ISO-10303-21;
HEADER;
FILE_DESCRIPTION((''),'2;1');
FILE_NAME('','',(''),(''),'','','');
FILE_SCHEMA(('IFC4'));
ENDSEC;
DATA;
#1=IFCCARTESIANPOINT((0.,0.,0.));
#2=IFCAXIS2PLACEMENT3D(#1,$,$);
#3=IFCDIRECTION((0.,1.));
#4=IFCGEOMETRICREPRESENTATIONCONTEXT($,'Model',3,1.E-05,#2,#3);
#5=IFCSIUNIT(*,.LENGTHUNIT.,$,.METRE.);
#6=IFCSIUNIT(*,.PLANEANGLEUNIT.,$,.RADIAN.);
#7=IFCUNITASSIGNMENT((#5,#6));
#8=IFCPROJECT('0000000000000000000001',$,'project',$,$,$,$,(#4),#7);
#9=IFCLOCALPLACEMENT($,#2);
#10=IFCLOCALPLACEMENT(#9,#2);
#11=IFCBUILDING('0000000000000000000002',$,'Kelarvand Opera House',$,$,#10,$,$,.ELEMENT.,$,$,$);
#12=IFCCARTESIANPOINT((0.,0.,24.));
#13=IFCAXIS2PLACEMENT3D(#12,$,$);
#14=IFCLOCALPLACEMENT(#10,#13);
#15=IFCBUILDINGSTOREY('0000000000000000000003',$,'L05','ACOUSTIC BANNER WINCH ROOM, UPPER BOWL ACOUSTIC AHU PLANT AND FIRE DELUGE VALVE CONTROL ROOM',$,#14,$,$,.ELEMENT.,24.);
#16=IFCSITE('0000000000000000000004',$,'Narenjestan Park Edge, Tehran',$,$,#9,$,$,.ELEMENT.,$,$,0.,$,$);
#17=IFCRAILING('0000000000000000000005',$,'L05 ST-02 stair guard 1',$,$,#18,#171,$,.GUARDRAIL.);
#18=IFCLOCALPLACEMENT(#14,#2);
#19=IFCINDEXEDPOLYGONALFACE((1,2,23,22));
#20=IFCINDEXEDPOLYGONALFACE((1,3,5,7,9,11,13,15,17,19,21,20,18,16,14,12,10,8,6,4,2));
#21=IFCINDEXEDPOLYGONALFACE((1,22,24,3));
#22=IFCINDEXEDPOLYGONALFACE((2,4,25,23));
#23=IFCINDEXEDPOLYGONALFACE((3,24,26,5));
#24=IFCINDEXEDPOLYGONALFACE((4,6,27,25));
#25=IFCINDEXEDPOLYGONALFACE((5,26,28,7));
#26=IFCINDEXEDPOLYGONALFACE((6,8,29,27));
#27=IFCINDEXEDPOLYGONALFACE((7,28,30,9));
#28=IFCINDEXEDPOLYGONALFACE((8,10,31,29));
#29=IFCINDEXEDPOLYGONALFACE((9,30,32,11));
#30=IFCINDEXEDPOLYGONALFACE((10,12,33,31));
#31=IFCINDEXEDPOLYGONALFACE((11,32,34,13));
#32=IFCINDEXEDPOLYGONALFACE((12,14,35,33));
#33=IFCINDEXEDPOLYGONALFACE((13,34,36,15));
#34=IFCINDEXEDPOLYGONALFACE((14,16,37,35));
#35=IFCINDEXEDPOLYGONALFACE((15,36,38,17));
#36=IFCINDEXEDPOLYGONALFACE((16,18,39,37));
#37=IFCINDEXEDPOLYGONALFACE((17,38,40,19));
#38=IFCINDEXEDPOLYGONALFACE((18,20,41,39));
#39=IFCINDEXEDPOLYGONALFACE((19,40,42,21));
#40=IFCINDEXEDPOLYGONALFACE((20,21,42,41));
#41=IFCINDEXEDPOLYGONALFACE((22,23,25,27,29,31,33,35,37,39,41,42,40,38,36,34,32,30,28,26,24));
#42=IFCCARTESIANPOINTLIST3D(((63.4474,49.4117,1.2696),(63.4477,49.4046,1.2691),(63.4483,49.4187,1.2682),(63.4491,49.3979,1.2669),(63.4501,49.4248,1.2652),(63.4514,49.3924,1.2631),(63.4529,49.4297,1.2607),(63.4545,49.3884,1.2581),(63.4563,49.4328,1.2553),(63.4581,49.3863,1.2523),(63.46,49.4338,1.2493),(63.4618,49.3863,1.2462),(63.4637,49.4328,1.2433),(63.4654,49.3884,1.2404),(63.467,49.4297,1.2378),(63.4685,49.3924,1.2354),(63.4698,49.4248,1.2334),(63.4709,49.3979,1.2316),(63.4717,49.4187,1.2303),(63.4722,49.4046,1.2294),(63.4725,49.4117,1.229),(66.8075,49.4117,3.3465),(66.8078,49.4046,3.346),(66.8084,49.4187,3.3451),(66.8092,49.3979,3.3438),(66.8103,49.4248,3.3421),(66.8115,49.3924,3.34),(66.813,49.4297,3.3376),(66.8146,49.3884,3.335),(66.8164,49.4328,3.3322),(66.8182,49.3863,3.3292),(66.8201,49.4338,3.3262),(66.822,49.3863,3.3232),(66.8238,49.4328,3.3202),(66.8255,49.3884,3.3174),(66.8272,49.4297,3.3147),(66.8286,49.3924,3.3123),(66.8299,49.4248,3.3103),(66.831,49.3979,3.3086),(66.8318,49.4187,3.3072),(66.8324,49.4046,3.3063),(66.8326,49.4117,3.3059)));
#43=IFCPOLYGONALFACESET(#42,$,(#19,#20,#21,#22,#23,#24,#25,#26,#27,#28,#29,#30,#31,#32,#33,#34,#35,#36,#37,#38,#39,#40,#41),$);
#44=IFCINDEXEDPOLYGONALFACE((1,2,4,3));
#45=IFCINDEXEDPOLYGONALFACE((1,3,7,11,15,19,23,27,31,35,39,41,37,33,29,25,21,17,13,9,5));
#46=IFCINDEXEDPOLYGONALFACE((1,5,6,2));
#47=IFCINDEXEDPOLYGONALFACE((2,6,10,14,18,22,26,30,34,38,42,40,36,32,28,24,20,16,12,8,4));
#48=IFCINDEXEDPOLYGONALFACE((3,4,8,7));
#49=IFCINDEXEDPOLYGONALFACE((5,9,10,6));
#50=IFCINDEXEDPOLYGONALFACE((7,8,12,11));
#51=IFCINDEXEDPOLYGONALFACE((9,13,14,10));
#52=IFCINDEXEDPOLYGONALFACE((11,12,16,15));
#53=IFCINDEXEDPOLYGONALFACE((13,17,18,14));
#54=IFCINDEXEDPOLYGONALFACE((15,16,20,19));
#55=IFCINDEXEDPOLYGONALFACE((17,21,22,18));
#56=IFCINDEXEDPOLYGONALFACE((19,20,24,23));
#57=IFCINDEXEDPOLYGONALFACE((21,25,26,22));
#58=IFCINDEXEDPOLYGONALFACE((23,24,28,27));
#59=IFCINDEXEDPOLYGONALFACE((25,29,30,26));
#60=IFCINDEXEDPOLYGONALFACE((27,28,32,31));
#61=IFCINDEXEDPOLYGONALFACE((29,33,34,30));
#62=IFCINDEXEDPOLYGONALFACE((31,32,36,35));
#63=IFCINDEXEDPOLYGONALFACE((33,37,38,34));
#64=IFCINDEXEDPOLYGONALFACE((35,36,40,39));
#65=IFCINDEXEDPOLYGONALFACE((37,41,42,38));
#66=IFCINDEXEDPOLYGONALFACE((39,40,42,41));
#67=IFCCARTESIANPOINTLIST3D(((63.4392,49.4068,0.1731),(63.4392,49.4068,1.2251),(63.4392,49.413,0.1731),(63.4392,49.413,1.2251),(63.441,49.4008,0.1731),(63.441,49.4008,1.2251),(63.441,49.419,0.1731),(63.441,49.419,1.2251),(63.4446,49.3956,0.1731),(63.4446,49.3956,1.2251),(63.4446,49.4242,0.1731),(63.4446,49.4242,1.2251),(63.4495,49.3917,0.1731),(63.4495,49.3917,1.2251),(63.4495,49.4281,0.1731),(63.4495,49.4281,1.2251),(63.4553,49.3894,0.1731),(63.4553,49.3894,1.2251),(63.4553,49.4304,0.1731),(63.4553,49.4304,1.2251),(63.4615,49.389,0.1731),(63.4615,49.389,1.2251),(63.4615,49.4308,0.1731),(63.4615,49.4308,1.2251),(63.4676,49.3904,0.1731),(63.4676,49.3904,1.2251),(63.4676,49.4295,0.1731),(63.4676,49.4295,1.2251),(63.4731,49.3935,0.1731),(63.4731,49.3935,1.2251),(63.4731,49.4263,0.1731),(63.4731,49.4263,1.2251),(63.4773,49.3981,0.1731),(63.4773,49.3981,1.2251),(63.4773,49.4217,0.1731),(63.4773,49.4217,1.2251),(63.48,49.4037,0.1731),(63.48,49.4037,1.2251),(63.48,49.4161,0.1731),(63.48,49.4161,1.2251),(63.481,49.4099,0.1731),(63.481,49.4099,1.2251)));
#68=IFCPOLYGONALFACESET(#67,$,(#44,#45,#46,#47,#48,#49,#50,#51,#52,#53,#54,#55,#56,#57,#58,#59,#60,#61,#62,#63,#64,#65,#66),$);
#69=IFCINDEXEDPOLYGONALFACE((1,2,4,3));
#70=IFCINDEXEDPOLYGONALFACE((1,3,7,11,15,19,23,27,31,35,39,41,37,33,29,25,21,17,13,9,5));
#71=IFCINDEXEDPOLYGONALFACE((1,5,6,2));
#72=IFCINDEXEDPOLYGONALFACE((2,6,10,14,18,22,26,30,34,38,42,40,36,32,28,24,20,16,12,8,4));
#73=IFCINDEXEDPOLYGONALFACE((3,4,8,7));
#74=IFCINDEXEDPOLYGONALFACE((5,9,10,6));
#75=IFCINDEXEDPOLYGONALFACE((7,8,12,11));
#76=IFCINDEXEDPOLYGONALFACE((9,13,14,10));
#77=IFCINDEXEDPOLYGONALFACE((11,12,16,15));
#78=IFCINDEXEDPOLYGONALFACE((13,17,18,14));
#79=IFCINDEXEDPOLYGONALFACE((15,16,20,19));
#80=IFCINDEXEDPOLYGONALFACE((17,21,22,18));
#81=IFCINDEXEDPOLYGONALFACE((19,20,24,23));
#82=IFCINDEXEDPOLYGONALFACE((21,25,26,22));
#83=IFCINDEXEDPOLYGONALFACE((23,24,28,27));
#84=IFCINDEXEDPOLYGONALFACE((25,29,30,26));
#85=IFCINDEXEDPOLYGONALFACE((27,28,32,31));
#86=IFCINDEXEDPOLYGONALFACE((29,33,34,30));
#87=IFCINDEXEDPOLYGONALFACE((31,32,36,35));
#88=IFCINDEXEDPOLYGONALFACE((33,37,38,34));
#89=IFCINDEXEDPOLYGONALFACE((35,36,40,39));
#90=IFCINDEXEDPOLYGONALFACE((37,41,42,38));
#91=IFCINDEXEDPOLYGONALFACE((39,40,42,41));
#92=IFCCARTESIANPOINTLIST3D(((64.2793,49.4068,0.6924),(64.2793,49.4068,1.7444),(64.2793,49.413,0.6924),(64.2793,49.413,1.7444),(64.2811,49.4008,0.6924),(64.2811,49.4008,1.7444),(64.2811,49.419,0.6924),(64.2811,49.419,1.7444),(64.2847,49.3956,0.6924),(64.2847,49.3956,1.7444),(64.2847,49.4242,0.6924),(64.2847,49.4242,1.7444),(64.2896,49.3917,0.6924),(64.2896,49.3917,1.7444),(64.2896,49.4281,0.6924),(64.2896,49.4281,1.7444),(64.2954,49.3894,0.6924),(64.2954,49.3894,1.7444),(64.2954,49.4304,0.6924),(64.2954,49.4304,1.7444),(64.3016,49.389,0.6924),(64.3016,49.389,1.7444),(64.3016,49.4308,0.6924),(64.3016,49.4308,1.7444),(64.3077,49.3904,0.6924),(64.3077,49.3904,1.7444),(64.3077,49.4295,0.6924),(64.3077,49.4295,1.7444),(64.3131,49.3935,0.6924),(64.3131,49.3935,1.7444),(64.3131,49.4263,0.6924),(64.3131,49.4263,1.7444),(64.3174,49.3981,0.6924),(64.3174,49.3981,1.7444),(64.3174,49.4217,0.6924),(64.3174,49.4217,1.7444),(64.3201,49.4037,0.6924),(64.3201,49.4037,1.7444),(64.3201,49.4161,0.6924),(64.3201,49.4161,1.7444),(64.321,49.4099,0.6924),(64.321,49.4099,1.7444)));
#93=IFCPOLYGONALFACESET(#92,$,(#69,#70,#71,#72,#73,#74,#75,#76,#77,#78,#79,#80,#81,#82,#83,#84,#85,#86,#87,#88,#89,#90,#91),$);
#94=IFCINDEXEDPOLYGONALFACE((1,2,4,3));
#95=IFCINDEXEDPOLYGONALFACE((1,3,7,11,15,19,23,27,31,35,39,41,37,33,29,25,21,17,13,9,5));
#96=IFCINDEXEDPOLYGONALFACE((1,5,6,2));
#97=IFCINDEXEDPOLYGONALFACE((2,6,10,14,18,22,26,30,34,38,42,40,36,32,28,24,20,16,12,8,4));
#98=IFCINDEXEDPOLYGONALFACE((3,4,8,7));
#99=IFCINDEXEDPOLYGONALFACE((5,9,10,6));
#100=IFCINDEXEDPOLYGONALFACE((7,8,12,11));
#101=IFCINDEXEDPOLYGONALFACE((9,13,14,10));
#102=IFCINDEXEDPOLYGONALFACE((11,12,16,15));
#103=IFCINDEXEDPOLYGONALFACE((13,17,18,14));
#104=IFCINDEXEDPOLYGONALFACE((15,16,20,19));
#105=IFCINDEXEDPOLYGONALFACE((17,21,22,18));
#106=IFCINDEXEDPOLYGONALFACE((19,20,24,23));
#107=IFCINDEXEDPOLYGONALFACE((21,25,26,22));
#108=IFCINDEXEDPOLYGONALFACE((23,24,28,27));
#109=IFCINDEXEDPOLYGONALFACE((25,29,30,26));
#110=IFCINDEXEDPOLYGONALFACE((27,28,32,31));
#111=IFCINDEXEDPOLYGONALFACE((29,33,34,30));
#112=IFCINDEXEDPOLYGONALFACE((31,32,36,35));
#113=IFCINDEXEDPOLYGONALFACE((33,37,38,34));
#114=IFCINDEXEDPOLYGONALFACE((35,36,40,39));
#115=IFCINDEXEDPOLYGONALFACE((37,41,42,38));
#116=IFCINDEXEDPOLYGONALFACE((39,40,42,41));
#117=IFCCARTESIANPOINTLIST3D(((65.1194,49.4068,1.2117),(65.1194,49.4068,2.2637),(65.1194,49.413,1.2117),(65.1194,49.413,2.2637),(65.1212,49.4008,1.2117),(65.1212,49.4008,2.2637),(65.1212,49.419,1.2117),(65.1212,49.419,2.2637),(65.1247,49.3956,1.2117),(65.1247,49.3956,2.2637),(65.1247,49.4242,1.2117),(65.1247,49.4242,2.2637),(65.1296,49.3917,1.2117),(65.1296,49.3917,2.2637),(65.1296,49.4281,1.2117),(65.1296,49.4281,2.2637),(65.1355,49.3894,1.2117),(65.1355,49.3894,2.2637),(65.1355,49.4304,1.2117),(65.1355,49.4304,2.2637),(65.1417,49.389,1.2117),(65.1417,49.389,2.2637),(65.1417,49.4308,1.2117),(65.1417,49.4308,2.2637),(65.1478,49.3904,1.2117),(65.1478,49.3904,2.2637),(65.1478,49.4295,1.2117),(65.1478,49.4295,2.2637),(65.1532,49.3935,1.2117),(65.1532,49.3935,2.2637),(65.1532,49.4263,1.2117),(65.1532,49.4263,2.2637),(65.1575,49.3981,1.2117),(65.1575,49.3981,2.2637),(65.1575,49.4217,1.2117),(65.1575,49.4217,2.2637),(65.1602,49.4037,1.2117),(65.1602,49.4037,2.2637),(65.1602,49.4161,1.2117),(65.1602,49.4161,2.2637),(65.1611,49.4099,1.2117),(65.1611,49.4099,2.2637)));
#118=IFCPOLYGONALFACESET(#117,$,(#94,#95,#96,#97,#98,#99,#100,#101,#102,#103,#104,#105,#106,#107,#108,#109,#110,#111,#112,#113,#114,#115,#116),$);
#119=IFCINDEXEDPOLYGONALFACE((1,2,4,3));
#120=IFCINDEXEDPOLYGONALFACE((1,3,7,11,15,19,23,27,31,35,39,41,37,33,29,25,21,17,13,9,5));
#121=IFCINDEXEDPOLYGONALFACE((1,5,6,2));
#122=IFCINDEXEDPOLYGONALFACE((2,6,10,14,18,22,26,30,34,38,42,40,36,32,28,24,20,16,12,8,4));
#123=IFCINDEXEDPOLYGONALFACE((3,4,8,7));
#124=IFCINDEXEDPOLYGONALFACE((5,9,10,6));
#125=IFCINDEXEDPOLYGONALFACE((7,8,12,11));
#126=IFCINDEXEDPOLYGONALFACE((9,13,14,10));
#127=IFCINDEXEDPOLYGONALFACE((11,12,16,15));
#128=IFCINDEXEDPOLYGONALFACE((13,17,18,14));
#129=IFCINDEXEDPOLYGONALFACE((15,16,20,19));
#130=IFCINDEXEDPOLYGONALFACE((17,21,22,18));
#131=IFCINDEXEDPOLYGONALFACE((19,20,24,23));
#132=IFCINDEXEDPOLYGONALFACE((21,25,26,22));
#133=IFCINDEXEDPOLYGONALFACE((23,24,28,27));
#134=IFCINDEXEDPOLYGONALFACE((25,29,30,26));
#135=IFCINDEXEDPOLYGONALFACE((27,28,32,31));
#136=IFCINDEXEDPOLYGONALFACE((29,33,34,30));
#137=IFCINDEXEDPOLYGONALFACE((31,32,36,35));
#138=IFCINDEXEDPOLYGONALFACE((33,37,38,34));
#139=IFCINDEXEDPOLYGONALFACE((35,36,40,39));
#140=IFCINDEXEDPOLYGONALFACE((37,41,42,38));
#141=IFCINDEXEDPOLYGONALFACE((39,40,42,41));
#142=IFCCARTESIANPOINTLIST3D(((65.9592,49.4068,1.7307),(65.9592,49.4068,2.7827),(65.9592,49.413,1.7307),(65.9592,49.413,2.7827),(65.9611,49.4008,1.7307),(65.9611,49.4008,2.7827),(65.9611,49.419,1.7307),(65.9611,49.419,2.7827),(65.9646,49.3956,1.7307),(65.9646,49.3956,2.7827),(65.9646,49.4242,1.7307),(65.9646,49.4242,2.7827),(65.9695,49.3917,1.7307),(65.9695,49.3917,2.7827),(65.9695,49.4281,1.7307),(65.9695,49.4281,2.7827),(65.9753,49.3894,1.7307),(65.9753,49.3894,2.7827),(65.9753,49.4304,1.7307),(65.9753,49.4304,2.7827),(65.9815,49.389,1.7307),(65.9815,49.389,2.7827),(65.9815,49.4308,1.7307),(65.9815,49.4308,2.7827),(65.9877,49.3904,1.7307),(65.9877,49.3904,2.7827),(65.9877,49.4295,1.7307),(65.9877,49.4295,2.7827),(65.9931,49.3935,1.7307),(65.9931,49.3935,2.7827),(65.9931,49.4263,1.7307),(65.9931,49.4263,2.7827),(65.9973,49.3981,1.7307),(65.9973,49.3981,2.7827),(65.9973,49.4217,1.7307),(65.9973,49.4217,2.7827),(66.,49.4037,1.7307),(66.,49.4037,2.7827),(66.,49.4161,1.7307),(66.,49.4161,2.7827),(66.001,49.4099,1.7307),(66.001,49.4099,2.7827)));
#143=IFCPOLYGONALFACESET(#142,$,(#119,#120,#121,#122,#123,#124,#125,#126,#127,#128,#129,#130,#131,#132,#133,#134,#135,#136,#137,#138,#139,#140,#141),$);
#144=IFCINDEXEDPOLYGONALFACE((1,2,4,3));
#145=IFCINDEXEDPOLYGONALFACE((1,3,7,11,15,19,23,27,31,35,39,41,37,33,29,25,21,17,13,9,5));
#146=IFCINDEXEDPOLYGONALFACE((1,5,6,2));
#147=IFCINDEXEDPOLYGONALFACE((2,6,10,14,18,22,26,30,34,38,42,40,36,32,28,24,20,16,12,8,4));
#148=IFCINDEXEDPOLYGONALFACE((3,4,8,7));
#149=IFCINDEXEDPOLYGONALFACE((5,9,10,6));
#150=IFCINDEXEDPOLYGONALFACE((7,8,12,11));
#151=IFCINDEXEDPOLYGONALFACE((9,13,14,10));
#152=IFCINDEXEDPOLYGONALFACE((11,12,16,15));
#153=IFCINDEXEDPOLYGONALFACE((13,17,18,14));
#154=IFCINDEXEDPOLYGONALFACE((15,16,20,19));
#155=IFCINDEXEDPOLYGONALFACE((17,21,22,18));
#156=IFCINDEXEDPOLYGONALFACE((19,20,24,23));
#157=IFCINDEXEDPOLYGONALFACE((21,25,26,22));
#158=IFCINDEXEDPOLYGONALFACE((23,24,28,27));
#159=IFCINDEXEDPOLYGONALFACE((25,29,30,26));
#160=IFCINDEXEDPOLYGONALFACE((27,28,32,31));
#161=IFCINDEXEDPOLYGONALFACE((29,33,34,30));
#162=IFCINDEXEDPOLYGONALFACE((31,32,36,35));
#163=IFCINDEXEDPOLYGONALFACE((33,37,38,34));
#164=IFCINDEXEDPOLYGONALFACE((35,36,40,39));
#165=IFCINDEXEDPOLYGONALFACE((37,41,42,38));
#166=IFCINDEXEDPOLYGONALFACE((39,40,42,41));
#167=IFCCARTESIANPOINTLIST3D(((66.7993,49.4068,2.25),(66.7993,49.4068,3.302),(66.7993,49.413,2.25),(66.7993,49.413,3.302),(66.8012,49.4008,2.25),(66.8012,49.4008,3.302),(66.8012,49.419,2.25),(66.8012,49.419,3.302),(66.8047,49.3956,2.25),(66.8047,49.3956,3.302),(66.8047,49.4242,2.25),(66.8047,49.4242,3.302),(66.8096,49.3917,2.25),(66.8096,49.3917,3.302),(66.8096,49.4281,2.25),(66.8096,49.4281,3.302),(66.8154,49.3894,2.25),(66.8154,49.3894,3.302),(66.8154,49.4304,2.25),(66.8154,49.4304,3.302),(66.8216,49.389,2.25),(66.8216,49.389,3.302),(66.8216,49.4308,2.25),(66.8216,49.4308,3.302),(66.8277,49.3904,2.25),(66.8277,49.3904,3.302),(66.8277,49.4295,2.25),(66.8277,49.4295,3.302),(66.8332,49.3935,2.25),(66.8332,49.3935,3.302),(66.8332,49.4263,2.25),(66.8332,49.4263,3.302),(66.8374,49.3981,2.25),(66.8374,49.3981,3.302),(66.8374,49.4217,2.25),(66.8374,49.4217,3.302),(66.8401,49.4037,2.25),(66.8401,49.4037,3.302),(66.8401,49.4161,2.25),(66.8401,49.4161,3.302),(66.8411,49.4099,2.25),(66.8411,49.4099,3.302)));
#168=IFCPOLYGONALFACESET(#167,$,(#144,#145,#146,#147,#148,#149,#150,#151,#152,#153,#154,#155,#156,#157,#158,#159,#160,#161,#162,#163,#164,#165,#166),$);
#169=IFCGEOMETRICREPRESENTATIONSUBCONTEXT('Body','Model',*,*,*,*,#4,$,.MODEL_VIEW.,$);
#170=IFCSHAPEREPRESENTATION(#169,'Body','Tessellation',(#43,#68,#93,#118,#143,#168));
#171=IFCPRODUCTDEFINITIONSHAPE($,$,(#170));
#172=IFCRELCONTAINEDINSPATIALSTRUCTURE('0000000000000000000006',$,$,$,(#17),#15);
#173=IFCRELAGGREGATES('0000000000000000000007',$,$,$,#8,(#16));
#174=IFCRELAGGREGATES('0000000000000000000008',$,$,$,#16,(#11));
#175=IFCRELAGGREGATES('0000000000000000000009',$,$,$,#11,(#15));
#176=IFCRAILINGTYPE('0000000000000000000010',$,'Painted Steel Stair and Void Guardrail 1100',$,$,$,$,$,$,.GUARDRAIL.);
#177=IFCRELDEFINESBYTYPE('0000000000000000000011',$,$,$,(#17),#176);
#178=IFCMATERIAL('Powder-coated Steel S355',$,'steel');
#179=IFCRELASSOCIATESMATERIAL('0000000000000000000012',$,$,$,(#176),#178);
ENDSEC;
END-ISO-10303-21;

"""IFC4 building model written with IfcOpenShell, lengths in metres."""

from ifc_helpers import new_model, si_unit, direction, frame, origin, origin_2d, place, context, subcontext, project, spatial, circle, extrude, material, type_object, element, save


model = new_model("IFC4")

# Units and contexts
model_context = context("Model", 3, precision=1e-05, world=origin(), true_north=direction((0.0, 1.0)))
body_context = subcontext(model_context, "Body", "Model", "MODEL_VIEW")
ifc_project = project(units=[si_unit("LENGTHUNIT", "METRE"), si_unit("PLANEANGLEUNIT", "RADIAN")], contexts=[model_context])

# Site, building, storey
site_placement = place(None, origin())
site = spatial("IfcSite", under=ifc_project, at=site_placement, Name="Narenjestan Park Edge, Tehran", CompositionType="ELEMENT", RefElevation=0.0)
building_placement = place(site_placement, origin())
building = spatial("IfcBuilding", under=site, at=building_placement, Name="Kelarvand Opera House", CompositionType="ELEMENT")
storey_placement = place(building_placement, frame((0.0, 0.0, 24.0)))
storey = spatial("IfcBuildingStorey", under=building, at=storey_placement, Name="L05", Description="ACOUSTIC BANNER WINCH ROOM, UPPER BOWL ACOUSTIC AHU PLANT AND FIRE DELUGE VALVE CONTROL ROOM", CompositionType="ELEMENT", Elevation=24.0)

# Railing
ifc_material_1 = material(Name="Powder-coated Steel S355", Category="steel")
railing_type_1 = type_object("IfcRailingType", Name="Painted Steel Stair and Void Guardrail 1100", PredefinedType="GUARDRAIL", material=ifc_material_1)
railing_1_placement = place(storey_placement, frame((63.46, 49.4099, 0.1731)))
element("IfcRailing", 1, at=railing_1_placement, inside=storey, type_object=railing_type_1, Name="L05 ST-02 stair guard 1", PredefinedType="GUARDRAIL", context=body_context, shape_type="SweptSolid", body=[
    extrude(circle(Radius=0.0239, at=origin_2d()), frame((0.0, 0.0, 1.0762), z_axis=(0.850623, 0.0, 0.525776), x_axis=(0.0, 1.0, 0.0)), (0.0, 0.0, 1.0), 3.9502),
    extrude(circle(Radius=0.021, at=origin_2d()), origin(), (0.0, 0.0, 1.0), 1.052),
    extrude(circle(Radius=0.021, at=origin_2d()), frame((0.8401, 0.0, 0.5193)), (0.0, 0.0, 1.0), 1.052),
    extrude(circle(Radius=0.021, at=origin_2d()), frame((1.6802, 0.0, 1.0386)), (0.0, 0.0, 1.0), 1.052),
    extrude(circle(Radius=0.021, at=origin_2d()), frame((2.52, 0.0, 1.5576)), (0.0, 0.0, 1.0), 1.052),
    extrude(circle(Radius=0.021, at=origin_2d()), frame((3.3601, 0.0, 2.0769)), (0.0, 0.0, 1.0), 1.052),
])

save(model, "model.ifc")
